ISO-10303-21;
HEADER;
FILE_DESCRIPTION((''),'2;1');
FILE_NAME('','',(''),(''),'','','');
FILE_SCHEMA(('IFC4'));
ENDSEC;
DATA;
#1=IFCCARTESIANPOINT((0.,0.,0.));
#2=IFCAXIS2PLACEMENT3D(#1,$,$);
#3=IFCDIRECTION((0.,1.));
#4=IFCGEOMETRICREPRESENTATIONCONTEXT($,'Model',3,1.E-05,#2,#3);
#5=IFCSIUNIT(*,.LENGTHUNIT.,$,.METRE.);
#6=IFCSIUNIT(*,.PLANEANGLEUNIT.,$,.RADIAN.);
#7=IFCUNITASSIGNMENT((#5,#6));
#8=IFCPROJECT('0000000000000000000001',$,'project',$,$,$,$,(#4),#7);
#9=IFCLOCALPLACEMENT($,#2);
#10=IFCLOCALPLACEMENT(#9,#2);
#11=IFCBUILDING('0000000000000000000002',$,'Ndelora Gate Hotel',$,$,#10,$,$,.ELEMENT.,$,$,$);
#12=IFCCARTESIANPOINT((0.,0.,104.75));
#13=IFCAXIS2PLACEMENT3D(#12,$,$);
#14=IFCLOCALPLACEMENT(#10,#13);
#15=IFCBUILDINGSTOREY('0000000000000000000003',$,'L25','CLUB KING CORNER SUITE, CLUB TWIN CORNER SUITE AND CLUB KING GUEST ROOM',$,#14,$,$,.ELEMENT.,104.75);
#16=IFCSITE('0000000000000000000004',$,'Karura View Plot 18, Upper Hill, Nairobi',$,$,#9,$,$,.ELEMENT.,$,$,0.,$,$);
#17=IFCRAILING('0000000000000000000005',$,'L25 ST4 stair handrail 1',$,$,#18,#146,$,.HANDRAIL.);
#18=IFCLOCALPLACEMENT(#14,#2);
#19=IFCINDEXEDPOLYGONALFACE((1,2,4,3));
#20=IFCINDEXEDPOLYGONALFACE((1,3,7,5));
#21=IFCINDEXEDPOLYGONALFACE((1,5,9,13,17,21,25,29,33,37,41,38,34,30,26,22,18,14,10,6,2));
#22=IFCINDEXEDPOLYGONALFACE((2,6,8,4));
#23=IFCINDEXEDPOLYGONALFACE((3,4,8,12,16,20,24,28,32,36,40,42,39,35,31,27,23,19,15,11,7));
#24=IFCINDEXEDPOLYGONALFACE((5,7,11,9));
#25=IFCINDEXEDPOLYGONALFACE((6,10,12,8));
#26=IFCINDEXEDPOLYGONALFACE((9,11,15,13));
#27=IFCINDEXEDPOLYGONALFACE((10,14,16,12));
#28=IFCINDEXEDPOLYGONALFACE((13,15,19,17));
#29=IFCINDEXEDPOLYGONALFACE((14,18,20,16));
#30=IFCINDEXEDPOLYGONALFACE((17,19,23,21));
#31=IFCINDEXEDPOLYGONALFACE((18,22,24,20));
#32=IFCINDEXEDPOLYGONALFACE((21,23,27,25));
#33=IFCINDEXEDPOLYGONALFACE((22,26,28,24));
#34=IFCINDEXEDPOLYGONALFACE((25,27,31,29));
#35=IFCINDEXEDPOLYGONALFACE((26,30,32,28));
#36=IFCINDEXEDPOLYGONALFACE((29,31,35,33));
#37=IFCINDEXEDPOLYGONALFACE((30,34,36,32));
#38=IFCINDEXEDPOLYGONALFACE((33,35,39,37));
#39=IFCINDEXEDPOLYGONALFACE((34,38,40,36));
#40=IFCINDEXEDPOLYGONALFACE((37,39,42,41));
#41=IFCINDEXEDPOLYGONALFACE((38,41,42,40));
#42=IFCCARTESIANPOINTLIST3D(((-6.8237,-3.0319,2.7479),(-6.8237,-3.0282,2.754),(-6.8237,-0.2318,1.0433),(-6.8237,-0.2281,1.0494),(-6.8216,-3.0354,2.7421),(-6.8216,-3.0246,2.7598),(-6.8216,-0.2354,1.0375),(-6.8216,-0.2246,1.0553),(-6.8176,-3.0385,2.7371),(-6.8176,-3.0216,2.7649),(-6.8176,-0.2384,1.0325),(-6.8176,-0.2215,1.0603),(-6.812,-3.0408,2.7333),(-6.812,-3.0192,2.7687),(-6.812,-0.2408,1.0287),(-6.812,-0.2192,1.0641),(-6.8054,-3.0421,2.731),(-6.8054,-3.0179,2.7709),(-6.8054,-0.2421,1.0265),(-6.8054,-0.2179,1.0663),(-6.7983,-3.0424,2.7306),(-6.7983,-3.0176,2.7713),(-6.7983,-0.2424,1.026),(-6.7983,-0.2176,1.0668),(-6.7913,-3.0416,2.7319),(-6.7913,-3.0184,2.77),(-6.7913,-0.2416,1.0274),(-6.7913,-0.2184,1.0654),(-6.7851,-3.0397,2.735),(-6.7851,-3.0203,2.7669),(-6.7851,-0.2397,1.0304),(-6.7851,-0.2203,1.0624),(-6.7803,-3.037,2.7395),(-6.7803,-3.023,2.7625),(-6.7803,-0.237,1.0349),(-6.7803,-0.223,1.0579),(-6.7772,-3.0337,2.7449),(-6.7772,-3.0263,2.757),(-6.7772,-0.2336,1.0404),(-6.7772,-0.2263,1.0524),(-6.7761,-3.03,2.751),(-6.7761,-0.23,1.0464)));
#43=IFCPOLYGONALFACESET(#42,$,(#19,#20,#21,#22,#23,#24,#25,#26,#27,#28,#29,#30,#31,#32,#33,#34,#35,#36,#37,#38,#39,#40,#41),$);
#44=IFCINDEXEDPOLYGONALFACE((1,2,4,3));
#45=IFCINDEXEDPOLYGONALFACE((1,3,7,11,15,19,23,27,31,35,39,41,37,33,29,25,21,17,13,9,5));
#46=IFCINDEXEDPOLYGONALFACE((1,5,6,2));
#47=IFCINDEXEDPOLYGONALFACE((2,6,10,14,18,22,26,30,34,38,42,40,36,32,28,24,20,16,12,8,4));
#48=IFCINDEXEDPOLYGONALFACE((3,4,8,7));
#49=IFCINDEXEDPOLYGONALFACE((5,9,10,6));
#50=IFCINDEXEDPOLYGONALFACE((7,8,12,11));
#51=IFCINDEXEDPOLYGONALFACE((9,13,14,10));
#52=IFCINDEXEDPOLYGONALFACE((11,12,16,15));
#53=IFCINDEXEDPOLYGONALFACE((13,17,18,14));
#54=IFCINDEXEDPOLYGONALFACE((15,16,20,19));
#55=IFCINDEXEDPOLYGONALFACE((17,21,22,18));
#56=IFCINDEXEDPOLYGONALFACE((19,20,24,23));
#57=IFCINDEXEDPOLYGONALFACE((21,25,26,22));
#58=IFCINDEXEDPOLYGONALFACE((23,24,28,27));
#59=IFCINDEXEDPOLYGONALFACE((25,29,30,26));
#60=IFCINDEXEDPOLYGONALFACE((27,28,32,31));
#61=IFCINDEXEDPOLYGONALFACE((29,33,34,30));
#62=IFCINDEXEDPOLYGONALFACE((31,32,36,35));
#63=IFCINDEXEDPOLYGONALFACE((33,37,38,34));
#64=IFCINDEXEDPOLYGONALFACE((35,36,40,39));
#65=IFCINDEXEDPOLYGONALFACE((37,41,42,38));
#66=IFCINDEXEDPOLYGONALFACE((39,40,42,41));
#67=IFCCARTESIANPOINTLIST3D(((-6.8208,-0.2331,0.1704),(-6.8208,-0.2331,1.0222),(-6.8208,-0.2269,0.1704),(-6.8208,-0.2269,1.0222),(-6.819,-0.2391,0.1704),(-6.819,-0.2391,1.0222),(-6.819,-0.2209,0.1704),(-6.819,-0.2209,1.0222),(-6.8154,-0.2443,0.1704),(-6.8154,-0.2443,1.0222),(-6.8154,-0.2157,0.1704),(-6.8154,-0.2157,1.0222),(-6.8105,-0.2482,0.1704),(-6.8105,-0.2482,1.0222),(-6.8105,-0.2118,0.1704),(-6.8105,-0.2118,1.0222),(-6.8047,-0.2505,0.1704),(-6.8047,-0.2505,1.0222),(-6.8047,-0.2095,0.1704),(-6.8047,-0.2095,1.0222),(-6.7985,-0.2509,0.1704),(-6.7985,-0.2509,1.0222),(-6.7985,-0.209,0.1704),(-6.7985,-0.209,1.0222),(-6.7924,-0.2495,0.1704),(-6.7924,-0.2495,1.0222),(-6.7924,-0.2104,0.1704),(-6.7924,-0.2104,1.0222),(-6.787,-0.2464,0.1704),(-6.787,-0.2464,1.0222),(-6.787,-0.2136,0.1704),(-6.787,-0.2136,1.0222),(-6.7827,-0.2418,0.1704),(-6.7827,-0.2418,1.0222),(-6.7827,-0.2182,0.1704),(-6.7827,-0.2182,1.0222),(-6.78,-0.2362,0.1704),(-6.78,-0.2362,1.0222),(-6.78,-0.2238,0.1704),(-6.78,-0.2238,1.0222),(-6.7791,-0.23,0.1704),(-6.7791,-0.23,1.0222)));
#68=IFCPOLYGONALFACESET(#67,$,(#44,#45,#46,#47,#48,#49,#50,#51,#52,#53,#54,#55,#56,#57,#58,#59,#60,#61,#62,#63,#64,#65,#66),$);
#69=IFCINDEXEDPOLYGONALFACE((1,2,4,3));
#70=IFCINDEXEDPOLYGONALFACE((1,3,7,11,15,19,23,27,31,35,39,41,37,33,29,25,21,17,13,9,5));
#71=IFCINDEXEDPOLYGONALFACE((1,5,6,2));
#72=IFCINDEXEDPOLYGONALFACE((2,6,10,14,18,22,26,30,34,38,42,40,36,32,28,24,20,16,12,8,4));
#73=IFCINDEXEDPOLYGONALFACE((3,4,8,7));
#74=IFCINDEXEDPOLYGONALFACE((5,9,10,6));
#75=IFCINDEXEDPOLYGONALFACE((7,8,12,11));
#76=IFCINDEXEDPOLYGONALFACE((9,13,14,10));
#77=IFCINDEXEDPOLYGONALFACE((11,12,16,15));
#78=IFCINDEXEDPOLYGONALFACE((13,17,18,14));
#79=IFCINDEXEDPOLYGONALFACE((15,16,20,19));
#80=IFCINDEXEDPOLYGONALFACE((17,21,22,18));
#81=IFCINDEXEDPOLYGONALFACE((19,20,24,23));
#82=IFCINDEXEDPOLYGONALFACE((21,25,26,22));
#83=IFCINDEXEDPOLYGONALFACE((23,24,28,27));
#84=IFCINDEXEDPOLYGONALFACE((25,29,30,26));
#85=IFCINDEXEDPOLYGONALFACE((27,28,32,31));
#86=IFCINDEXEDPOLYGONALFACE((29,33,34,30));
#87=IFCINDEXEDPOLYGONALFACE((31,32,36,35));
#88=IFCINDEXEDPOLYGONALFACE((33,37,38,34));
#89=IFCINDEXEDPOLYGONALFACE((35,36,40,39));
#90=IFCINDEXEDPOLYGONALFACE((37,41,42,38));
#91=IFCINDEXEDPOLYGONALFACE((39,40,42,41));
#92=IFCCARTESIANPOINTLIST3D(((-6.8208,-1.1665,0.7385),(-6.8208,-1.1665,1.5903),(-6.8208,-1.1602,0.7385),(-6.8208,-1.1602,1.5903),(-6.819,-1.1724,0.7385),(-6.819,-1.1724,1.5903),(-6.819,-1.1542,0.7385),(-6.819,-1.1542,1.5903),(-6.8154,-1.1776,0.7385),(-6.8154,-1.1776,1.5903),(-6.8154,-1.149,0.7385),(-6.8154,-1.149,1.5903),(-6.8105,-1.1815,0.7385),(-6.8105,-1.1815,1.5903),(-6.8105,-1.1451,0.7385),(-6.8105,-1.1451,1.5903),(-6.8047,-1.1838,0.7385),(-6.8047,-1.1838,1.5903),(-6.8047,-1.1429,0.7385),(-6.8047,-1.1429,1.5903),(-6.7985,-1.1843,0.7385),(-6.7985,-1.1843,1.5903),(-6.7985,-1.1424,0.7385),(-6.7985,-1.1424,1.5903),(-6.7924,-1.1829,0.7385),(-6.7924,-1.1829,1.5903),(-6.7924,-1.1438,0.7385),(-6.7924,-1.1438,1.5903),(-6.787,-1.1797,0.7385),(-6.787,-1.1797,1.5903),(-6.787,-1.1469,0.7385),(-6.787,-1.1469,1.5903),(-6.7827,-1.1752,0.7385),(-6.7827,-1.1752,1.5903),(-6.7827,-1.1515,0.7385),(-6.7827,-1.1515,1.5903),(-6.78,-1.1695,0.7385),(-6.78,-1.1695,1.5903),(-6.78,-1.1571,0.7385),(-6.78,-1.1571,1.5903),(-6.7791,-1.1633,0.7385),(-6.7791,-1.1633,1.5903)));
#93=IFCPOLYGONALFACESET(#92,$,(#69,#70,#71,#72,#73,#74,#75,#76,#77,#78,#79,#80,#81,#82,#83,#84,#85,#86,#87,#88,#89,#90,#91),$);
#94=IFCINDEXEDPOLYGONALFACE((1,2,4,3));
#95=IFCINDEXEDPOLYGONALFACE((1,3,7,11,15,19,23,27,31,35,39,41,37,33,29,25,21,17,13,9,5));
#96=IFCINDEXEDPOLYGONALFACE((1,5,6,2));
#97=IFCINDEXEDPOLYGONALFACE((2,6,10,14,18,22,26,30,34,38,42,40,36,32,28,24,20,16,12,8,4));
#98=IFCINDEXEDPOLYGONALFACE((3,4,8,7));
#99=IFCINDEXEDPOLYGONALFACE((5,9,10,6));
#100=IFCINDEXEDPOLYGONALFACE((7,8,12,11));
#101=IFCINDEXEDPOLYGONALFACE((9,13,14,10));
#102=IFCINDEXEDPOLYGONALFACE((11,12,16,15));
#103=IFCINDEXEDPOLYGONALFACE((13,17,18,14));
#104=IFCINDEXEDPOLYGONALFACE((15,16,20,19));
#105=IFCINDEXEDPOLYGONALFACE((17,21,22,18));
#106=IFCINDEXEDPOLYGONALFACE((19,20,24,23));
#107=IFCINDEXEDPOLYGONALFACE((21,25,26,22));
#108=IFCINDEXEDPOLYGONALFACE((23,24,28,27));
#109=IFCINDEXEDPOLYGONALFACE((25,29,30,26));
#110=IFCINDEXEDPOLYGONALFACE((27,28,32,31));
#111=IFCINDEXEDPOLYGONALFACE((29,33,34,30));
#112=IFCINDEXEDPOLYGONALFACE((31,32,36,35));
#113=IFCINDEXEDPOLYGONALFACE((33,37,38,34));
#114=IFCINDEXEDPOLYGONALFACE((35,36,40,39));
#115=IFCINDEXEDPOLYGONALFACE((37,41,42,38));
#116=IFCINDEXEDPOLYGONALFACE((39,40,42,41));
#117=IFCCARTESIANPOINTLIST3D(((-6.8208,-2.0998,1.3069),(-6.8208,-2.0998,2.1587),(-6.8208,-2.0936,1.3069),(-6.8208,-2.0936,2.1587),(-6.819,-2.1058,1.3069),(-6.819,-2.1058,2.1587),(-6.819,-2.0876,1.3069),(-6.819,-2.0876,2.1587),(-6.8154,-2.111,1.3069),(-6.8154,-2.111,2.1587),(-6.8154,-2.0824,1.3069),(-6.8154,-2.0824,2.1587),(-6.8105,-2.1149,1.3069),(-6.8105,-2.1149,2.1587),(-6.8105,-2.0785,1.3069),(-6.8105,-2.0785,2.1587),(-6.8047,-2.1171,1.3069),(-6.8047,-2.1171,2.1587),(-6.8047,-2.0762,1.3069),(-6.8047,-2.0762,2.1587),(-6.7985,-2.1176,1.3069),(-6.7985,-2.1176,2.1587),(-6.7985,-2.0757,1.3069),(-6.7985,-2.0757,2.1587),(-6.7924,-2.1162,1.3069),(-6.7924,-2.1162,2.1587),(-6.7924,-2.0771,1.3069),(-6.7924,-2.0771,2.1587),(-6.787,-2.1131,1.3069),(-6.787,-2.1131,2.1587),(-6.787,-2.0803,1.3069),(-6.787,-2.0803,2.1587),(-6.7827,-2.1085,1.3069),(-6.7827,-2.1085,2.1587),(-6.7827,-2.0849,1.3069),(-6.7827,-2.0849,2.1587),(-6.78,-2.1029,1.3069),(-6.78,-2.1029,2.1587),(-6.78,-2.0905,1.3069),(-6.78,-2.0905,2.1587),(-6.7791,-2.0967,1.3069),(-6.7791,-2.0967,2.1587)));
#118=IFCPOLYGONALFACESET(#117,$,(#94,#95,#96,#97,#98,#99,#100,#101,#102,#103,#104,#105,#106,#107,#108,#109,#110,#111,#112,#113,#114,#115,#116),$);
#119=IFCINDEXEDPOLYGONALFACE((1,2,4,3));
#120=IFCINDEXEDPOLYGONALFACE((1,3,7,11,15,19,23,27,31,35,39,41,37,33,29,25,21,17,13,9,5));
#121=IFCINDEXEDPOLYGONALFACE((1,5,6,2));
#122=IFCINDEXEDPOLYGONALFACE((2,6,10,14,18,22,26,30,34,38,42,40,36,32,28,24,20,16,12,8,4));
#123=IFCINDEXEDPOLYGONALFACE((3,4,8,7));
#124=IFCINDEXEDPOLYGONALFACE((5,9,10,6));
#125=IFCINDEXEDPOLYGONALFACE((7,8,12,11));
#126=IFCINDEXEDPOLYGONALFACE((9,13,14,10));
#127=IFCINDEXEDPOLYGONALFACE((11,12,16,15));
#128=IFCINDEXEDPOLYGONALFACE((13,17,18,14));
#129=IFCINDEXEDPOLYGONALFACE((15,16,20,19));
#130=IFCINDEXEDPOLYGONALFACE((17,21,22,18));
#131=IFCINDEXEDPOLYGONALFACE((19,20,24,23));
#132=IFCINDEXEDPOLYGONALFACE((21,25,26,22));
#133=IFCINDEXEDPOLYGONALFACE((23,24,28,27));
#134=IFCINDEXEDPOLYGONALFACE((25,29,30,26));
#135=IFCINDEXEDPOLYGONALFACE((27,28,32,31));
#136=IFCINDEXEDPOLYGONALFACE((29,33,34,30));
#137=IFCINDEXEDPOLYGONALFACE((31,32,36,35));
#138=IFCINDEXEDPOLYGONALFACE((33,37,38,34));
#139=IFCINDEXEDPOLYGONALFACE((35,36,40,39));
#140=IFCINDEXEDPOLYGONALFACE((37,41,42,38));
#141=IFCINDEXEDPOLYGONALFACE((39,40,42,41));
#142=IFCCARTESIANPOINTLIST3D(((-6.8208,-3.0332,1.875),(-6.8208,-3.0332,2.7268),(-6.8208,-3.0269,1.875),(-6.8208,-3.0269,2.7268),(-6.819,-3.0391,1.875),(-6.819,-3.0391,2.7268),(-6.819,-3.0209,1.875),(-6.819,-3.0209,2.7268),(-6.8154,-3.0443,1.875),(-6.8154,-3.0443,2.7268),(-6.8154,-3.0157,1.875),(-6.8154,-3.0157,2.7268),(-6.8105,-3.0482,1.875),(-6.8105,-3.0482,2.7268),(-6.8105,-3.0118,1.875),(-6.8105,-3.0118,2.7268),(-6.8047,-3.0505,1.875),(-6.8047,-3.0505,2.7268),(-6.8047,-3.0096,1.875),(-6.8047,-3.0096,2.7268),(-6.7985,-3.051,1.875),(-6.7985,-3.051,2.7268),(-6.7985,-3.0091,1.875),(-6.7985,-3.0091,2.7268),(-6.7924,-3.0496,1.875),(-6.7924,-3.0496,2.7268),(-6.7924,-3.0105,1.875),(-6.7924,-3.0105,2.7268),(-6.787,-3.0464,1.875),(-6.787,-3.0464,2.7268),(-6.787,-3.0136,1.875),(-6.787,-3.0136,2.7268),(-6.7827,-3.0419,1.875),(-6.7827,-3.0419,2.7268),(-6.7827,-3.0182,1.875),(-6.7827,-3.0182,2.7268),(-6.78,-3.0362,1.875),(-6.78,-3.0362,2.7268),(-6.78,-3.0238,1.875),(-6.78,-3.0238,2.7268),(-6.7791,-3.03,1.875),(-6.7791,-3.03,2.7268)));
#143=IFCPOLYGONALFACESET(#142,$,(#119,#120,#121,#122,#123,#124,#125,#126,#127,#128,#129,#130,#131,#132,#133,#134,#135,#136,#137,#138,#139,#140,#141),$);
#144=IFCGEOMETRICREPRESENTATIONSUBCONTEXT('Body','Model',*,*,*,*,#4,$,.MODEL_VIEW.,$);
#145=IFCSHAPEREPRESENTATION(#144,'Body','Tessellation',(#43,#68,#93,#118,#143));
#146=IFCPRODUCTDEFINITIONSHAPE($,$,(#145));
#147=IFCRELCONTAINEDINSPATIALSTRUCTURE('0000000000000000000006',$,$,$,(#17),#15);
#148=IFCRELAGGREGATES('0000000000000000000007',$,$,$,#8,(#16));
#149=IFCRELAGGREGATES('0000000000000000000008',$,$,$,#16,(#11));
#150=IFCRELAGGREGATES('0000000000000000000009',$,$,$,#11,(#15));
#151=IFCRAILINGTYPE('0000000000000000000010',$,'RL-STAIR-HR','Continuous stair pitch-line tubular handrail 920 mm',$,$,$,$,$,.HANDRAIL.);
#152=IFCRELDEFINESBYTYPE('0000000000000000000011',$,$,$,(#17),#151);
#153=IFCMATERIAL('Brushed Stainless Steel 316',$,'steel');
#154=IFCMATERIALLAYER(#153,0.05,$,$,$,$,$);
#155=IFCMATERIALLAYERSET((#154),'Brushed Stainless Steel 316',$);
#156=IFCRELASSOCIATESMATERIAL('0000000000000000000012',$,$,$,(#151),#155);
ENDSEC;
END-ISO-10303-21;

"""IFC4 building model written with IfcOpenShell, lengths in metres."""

from ifc_helpers import new_model, si_unit, direction, frame, origin, origin_2d, place, context, subcontext, project, spatial, circle, extrude, material, layer, layer_set, type_object, element, save


model = new_model("IFC4")

# Units and contexts
model_context = context("Model", 3, precision=1e-05, world=origin(), true_north=direction((0.0, 1.0)))
body_context = subcontext(model_context, "Body", "Model", "MODEL_VIEW")
ifc_project = project(units=[si_unit("LENGTHUNIT", "METRE"), si_unit("PLANEANGLEUNIT", "RADIAN")], contexts=[model_context])

# Site, building, storey
site_placement = place(None, origin())
site = spatial("IfcSite", under=ifc_project, at=site_placement, Name="Karura View Plot 18, Upper Hill, Nairobi", CompositionType="ELEMENT", RefElevation=0.0)
building_placement = place(site_placement, origin())
building = spatial("IfcBuilding", under=site, at=building_placement, Name="Ndelora Gate Hotel", CompositionType="ELEMENT")
storey_placement = place(building_placement, frame((0.0, 0.0, 104.75)))
storey = spatial("IfcBuildingStorey", under=building, at=storey_placement, Name="L25", Description="CLUB KING CORNER SUITE, CLUB TWIN CORNER SUITE AND CLUB KING GUEST ROOM", CompositionType="ELEMENT", Elevation=104.75)

# Railing
ifc_material_1 = material(Name="Brushed Stainless Steel 316", Category="steel")
ifc_layer_1 = layer(ifc_material_1, 0.05)
ifc_layer_set_1 = layer_set([ifc_layer_1], Name="Brushed Stainless Steel 316")
railing_type_1 = type_object("IfcRailingType", Name="RL-STAIR-HR", Description="Continuous stair pitch-line tubular handrail 920 mm", PredefinedType="HANDRAIL", material=ifc_layer_set_1)
railing_1_placement = place(storey_placement, frame((-6.8, -0.23, 0.1704)))
element("IfcRailing", 1, at=railing_1_placement, inside=storey, type_object=railing_type_1, Name="L25 ST4 stair handrail 1", PredefinedType="HANDRAIL", context=body_context, shape_type="SweptSolid", body=[
    extrude(circle(Radius=0.0239, at=origin_2d()), frame((0.0, 0.0, 0.876), z_axis=(0.0, -0.85417, 0.519994), x_axis=(1.0, 0.0, 0.0)), (0.0, 0.0, 1.0), 3.2781),
    extrude(circle(Radius=0.021, at=origin_2d()), origin(), (0.0, 0.0, 1.0), 0.8518),
    extrude(circle(Radius=0.021, at=origin_2d()), frame((0.0, -0.9333, 0.5681)), (0.0, 0.0, 1.0), 0.8518),
    extrude(circle(Radius=0.021, at=origin_2d()), frame((0.0, -1.8667, 1.1365)), (0.0, 0.0, 1.0), 0.8518),
    extrude(circle(Radius=0.021, at=origin_2d()), frame((0.0, -2.8, 1.7046)), (0.0, 0.0, 1.0), 0.8518),
])

save(model, "model.ifc")
